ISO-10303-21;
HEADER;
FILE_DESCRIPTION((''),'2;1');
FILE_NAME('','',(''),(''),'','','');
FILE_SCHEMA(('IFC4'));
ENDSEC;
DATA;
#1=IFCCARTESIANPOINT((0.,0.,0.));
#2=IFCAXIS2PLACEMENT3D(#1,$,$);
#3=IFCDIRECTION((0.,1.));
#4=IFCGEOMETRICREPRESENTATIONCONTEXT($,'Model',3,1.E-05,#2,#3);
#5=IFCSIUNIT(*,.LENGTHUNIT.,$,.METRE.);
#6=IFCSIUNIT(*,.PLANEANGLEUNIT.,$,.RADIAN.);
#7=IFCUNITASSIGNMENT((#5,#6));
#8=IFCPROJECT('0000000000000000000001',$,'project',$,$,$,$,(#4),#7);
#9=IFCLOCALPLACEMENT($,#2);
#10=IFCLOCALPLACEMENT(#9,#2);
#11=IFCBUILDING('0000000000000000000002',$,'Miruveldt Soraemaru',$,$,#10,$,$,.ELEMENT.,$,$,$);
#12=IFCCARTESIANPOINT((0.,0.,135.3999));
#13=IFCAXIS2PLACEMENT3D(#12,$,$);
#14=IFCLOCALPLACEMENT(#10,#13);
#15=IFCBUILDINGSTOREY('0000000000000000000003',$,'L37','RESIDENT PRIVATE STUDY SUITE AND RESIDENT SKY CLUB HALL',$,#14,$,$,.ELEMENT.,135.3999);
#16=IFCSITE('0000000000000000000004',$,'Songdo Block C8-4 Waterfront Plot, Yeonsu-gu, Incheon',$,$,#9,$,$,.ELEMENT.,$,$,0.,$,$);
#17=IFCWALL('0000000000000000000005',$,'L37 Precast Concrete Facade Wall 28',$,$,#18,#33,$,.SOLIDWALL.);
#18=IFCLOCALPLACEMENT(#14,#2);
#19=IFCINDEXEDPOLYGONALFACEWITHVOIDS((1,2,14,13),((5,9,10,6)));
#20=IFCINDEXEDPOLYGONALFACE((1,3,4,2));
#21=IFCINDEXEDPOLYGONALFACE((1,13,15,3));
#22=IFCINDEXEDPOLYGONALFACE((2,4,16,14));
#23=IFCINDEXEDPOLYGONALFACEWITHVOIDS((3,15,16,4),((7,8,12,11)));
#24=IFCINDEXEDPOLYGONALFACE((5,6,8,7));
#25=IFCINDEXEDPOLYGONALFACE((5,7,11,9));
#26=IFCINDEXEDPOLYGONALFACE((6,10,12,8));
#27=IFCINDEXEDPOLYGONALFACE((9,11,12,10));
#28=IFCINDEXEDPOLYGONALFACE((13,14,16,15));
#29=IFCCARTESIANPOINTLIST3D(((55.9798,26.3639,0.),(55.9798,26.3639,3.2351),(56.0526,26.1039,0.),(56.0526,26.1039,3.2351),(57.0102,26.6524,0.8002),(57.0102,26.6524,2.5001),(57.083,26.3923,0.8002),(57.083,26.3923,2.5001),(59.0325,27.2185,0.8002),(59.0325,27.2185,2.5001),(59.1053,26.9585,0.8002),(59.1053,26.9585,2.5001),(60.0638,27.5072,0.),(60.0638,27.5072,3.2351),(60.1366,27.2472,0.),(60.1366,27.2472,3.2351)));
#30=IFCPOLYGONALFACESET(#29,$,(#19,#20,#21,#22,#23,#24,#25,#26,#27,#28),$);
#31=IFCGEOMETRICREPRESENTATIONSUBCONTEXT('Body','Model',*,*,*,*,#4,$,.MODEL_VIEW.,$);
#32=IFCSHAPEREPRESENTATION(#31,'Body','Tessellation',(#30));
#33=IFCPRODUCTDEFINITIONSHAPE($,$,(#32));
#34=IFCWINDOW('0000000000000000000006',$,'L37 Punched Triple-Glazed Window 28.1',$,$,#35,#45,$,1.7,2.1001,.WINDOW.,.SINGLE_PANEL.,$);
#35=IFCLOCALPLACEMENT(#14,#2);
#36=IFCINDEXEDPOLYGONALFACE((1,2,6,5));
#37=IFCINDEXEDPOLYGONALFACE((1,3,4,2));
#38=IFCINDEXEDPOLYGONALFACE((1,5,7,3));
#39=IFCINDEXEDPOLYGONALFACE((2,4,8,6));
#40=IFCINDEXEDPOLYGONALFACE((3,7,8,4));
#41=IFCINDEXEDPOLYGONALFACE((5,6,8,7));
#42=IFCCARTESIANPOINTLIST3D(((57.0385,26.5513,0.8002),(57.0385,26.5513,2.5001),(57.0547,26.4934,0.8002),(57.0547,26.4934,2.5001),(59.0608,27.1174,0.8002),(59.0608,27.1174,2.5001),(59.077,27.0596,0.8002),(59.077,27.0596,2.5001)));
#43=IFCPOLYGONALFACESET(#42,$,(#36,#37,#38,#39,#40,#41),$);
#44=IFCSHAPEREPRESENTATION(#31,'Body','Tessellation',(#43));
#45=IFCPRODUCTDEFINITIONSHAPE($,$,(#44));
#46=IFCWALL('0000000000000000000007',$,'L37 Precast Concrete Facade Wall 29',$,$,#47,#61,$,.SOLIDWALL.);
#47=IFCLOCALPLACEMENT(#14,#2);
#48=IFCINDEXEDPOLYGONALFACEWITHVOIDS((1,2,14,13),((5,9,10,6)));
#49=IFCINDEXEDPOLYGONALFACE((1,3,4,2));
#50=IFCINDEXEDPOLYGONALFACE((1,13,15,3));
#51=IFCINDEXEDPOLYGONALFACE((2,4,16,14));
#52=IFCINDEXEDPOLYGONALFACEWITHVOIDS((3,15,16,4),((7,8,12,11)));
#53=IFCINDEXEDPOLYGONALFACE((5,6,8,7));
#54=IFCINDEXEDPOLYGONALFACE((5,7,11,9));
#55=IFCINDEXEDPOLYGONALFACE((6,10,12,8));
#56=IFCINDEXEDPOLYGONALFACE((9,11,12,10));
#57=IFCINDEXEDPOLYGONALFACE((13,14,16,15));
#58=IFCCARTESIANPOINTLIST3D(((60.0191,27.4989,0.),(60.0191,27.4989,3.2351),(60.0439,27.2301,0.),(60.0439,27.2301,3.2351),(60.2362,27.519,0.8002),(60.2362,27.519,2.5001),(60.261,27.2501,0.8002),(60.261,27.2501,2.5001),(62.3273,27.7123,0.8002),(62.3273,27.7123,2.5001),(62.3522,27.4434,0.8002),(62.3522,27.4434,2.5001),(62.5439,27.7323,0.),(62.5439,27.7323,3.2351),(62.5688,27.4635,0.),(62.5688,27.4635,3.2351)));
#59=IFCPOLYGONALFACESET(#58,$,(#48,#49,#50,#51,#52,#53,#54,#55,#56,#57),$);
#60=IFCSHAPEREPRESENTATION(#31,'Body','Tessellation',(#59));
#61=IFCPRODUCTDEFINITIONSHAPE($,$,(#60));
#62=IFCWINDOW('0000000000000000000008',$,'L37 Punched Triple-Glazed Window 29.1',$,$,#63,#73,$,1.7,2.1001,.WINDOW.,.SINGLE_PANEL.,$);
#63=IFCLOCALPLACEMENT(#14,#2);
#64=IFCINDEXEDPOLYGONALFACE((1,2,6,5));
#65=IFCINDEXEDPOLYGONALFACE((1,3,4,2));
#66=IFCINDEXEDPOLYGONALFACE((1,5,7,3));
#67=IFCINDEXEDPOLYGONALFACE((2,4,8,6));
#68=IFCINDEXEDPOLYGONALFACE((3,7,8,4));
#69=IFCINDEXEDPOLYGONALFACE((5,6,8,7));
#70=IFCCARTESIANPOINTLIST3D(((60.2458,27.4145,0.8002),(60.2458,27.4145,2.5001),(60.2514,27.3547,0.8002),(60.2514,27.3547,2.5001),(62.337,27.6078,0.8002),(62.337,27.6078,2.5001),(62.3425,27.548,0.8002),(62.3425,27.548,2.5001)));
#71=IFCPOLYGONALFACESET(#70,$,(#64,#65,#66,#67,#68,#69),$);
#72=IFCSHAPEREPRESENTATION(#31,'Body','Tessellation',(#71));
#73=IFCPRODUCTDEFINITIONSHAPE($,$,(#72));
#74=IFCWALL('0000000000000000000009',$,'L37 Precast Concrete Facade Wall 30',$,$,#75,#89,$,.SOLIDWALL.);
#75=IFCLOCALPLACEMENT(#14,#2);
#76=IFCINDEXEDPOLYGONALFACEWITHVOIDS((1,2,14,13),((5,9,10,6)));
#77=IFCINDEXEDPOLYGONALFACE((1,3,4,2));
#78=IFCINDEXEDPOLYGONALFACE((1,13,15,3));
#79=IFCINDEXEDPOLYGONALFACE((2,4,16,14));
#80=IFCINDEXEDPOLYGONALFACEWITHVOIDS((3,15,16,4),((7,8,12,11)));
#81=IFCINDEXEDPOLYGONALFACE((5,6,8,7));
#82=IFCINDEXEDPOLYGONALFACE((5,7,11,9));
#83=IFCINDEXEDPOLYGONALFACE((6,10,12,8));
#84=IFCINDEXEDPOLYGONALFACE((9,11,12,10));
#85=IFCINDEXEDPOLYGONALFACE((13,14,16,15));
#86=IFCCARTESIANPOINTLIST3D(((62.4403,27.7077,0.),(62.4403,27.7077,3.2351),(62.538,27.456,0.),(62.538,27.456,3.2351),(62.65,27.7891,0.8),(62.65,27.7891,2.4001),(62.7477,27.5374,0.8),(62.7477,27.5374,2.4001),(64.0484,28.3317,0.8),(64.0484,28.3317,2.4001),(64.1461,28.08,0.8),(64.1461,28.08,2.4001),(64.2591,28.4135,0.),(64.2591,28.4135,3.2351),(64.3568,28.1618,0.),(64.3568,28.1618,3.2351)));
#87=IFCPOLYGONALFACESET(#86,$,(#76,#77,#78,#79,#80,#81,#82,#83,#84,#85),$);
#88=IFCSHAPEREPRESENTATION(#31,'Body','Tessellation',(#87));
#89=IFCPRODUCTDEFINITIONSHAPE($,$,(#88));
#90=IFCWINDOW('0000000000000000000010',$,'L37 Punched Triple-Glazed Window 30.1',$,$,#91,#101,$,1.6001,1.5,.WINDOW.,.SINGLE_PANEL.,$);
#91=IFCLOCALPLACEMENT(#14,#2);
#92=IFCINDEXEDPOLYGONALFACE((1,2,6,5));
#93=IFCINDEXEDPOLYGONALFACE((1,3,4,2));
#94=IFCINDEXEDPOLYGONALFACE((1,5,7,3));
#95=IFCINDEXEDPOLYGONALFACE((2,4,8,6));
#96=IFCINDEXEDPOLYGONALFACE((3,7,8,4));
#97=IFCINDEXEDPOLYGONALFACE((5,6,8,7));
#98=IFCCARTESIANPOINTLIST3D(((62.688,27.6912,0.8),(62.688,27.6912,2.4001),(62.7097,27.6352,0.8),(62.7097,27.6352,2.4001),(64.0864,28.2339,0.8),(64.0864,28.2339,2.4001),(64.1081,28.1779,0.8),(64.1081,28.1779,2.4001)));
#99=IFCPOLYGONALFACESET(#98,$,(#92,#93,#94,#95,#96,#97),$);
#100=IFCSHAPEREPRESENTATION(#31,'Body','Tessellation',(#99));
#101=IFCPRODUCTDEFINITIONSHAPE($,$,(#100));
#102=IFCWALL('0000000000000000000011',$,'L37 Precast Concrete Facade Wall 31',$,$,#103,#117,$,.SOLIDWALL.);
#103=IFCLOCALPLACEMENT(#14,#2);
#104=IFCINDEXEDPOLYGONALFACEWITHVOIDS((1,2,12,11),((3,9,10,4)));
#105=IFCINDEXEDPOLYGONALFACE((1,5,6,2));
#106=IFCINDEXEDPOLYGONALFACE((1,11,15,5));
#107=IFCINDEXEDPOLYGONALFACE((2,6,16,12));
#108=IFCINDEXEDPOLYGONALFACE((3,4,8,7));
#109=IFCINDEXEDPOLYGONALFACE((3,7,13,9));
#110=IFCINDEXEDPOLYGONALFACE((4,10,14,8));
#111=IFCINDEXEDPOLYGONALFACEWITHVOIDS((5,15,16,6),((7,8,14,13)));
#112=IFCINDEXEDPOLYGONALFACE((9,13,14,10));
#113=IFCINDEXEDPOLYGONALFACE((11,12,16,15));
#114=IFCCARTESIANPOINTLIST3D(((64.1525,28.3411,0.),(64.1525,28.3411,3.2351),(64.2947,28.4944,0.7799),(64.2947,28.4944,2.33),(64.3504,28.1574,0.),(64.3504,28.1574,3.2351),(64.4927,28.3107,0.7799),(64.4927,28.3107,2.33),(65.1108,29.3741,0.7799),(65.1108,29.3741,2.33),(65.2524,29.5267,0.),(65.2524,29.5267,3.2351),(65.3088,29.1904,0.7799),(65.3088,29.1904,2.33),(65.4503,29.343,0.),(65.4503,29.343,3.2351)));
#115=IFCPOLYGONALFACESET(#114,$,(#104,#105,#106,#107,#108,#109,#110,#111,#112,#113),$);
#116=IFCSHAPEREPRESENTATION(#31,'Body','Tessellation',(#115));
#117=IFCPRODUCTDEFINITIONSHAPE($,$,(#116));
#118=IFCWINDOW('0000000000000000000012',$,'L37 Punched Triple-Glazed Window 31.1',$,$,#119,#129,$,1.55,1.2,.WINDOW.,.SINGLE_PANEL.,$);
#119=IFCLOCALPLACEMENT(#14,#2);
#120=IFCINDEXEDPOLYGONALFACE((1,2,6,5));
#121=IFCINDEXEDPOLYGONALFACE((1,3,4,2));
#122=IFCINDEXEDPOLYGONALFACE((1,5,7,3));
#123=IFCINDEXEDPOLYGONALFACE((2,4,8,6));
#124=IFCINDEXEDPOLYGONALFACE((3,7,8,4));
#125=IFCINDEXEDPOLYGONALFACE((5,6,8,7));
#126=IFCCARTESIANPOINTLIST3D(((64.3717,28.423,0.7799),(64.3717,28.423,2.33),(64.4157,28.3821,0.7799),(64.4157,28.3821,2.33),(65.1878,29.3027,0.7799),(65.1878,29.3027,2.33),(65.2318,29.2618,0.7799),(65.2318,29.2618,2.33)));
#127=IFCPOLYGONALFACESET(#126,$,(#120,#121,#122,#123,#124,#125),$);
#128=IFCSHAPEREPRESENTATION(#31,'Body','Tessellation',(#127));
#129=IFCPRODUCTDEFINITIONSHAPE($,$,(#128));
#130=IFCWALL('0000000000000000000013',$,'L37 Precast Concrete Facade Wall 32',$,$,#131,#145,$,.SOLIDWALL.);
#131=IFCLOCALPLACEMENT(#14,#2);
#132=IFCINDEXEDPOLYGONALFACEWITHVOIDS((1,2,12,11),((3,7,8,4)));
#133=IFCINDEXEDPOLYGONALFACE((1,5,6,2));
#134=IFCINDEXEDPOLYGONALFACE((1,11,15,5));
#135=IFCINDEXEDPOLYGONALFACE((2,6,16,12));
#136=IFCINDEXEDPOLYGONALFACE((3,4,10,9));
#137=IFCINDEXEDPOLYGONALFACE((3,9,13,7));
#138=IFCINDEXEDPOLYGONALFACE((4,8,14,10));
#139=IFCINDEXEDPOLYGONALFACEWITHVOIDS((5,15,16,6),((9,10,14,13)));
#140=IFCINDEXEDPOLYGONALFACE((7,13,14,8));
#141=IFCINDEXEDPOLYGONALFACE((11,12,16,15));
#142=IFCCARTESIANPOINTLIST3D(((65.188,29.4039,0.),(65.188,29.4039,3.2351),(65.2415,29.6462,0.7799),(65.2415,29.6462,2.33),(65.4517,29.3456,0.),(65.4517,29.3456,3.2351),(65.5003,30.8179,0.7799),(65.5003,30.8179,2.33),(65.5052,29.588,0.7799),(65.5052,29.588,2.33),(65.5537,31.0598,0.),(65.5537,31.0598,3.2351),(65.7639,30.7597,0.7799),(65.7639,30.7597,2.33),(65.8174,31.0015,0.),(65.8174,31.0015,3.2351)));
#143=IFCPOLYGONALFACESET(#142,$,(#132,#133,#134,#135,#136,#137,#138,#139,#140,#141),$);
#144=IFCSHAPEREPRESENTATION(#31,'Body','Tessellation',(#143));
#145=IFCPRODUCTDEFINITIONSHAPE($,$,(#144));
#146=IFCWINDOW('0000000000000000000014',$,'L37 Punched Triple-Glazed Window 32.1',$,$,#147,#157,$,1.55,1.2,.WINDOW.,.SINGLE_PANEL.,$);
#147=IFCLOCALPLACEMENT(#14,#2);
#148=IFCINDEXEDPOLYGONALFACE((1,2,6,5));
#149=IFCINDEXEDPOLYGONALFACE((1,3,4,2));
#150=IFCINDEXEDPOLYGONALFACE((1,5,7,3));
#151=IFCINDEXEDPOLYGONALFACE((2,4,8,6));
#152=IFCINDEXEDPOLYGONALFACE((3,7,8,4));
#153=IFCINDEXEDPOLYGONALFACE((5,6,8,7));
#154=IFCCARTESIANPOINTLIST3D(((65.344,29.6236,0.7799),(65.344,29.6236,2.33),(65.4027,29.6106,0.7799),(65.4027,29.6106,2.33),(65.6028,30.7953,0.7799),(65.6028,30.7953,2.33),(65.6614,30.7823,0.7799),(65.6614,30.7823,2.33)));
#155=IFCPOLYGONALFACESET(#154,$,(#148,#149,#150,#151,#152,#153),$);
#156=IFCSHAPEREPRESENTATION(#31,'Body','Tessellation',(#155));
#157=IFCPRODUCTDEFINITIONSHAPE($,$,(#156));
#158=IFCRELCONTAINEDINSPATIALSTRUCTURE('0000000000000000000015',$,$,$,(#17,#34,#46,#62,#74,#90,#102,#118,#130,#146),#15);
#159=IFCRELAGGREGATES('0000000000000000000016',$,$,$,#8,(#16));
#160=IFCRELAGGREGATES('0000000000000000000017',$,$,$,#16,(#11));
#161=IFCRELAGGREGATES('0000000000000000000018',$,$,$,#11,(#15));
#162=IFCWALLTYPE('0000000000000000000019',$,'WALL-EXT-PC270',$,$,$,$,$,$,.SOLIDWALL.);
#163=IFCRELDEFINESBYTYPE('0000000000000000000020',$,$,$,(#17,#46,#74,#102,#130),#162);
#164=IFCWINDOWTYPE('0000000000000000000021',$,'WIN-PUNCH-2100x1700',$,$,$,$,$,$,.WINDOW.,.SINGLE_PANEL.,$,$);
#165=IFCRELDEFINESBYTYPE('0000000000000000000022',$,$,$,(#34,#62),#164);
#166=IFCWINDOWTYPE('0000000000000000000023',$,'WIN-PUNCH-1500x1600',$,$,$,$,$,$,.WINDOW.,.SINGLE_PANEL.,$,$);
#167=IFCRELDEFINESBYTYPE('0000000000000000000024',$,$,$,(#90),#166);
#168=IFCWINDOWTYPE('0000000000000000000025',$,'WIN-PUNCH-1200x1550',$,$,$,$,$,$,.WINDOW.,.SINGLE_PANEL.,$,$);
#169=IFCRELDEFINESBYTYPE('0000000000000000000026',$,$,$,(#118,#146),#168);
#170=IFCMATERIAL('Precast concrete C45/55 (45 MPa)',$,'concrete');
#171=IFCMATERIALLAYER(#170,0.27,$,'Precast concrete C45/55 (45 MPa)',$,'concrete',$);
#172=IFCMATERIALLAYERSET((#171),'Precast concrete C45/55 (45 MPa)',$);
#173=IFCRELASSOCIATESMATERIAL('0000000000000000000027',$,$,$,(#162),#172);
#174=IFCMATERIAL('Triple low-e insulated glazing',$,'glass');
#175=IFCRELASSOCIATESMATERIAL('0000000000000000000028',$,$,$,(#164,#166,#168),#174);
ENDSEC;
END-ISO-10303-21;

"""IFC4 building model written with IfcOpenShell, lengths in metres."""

from ifc_helpers import new_model, si_unit, direction, frame, frame_2d, origin, place, context, subcontext, project, spatial, rectangle, extrude, material, layer, layer_set, type_object, element, fill, save


model = new_model("IFC4")

# Units and contexts
model_context = context("Model", 3, precision=1e-05, world=origin(), true_north=direction((0.0, 1.0)))
body_context = subcontext(model_context, "Body", "Model", "MODEL_VIEW")
ifc_project = project(units=[si_unit("LENGTHUNIT", "METRE"), si_unit("PLANEANGLEUNIT", "RADIAN")], contexts=[model_context])

# Site, building, storey
site_placement = place(None, origin())
site = spatial("IfcSite", under=ifc_project, at=site_placement, Name="Songdo Block C8-4 Waterfront Plot, Yeonsu-gu, Incheon", CompositionType="ELEMENT", RefElevation=0.0)
building_placement = place(site_placement, origin())
building = spatial("IfcBuilding", under=site, at=building_placement, Name="Miruveldt Soraemaru", CompositionType="ELEMENT")
storey_placement = place(building_placement, frame((0.0, 0.0, 135.3999)))
storey = spatial("IfcBuildingStorey", under=building, at=storey_placement, Name="L37", Description="RESIDENT PRIVATE STUDY SUITE AND RESIDENT SKY CLUB HALL", CompositionType="ELEMENT", Elevation=135.3999)

# Walls, openings, windows
ifc_material_1 = material(Name="Precast concrete C45/55 (45 MPa)", Category="concrete")
ifc_layer_1 = layer(ifc_material_1, 0.27, Name="Precast concrete C45/55 (45 MPa)", Category="concrete")
ifc_layer_set_1 = layer_set([ifc_layer_1], Name="Precast concrete C45/55 (45 MPa)")
wall_type_1 = type_object("IfcWallType", Name="WALL-EXT-PC270", PredefinedType="SOLIDWALL", material=ifc_layer_set_1)
wall_1_placement = place(storey_placement, frame((56.0161, 26.2339, 0.0), z_axis=(0.0, 0.0, 1.0), x_axis=(0.962977, 0.269585, 0.0)))
wall_1 = element("IfcWall", 1, at=wall_1_placement, inside=storey, type_object=wall_type_1, Name="L37 Precast Concrete Facade Wall 28", PredefinedType="SOLIDWALL", context=body_context, shape_type="SweptSolid", body=[
    extrude(rectangle(XDim=4.241, YDim=0.27, at=frame_2d((2.1206, 0.0))), origin(), (0.0, 0.0, 1.0), 3.2351),
])
opening_1_placement = place(wall_1_placement, frame((1.0701, 0.0, 0.8)))
opening_1 = element("IfcOpeningElement", 2, at=opening_1_placement, cuts=wall_1, PredefinedType="OPENING", context=body_context, shape_type="SweptSolid", body=[
    extrude(rectangle(XDim=2.1001, YDim=1.7, at=frame_2d((1.05, 0.8501))), frame((0.0, 0.145, 0.0), z_axis=(0.0, -1.0, 0.0), x_axis=(1.0, 0.0, 0.0)), (0.0, 0.0, 1.0), 0.29),
])
ifc_material_2 = material(Name="Triple low-e insulated glazing", Category="glass")
window_type_1 = type_object("IfcWindowType", Name="WIN-PUNCH-2100x1700", PartitioningType="SINGLE_PANEL", PredefinedType="WINDOW", material=ifc_material_2)
window_1_placement = place(opening_1_placement, origin())
window_1 = element("IfcWindow", 3, at=window_1_placement, inside=storey, type_object=window_type_1, Name="L37 Punched Triple-Glazed Window 28.1", OverallHeight=1.7, OverallWidth=2.1001, PartitioningType="SINGLE_PANEL", PredefinedType="WINDOW", context=body_context, shape_type="SweptSolid", body=[
    extrude(rectangle(XDim=2.1001, YDim=1.7, at=frame_2d((1.05, 0.8501))), frame((0.0, 0.03, 0.0), z_axis=(0.0, -1.0, 0.0), x_axis=(1.0, 0.0, 0.0)), (0.0, 0.0, 1.0), 0.0601),
])
fill(opening_1, window_1)
wall_2_placement = place(storey_placement, frame((60.0315, 27.3645, 0.0), z_axis=(0.0, 0.0, 1.0), x_axis=(0.995755, 0.092046, 0.0)))
wall_2 = element("IfcWall", 4, at=wall_2_placement, inside=storey, type_object=wall_type_1, Name="L37 Precast Concrete Facade Wall 29", PredefinedType="SOLIDWALL", context=body_context, shape_type="SweptSolid", body=[
    extrude(rectangle(XDim=2.5356, YDim=0.27, at=frame_2d((1.2678, 0.0))), origin(), (0.0, 0.0, 1.0), 3.2351),
])
opening_2_placement = place(wall_2_placement, frame((0.218, 0.0, 0.8)))
opening_2 = element("IfcOpeningElement", 5, at=opening_2_placement, cuts=wall_2, PredefinedType="OPENING", context=body_context, shape_type="SweptSolid", body=[
    extrude(rectangle(XDim=2.1001, YDim=1.7, at=frame_2d((1.05, 0.8501))), frame((0.0, 0.145, 0.0), z_axis=(0.0, -1.0, 0.0), x_axis=(1.0, 0.0, 0.0)), (0.0, 0.0, 1.0), 0.29),
])
window_2_placement = place(opening_2_placement, origin())
window_2 = element("IfcWindow", 6, at=window_2_placement, inside=storey, type_object=window_type_1, Name="L37 Punched Triple-Glazed Window 29.1", OverallHeight=1.7, OverallWidth=2.1001, PartitioningType="SINGLE_PANEL", PredefinedType="WINDOW", context=body_context, shape_type="SweptSolid", body=[
    extrude(rectangle(XDim=2.1001, YDim=1.7, at=frame_2d((1.05, 0.8501))), frame((0.0, 0.03, 0.0), z_axis=(0.0, -1.0, 0.0), x_axis=(1.0, 0.0, 0.0)), (0.0, 0.0, 1.0), 0.0601),
])
fill(opening_2, window_2)
wall_3_placement = place(storey_placement, frame((62.489, 27.5818, 0.0), z_axis=(0.0, 0.0, 1.0), x_axis=(0.932267, 0.36177, 0.0)))
wall_3 = element("IfcWall", 7, at=wall_3_placement, inside=storey, type_object=wall_type_1, Name="L37 Precast Concrete Facade Wall 30", PredefinedType="SOLIDWALL", context=body_context, shape_type="SweptSolid", body=[
    extrude(rectangle(XDim=1.9509, YDim=0.27, at=frame_2d((0.9756, 0.0))), origin(), (0.0, 0.0, 1.0), 3.2351),
])
opening_3_placement = place(wall_3_placement, frame((0.2251, 0.0, 0.8)))
opening_3 = element("IfcOpeningElement", 8, at=opening_3_placement, cuts=wall_3, PredefinedType="OPENING", context=body_context, shape_type="SweptSolid", body=[
    extrude(rectangle(XDim=1.5, YDim=1.6001, at=frame_2d((0.75, 0.8))), frame((0.0, 0.145, 0.0), z_axis=(0.0, -1.0, 0.0), x_axis=(1.0, 0.0, 0.0)), (0.0, 0.0, 1.0), 0.29),
])
window_type_2 = type_object("IfcWindowType", Name="WIN-PUNCH-1500x1600", PartitioningType="SINGLE_PANEL", PredefinedType="WINDOW", material=ifc_material_2)
window_3_placement = place(opening_3_placement, origin())
window_3 = element("IfcWindow", 9, at=window_3_placement, inside=storey, type_object=window_type_2, Name="L37 Punched Triple-Glazed Window 30.1", OverallHeight=1.6001, OverallWidth=1.5, PartitioningType="SINGLE_PANEL", PredefinedType="WINDOW", context=body_context, shape_type="SweptSolid", body=[
    extrude(rectangle(XDim=1.5, YDim=1.6001, at=frame_2d((0.75, 0.8))), frame((0.0, 0.03, 0.0), z_axis=(0.0, -1.0, 0.0), x_axis=(1.0, 0.0, 0.0)), (0.0, 0.0, 1.0), 0.0601),
])
fill(opening_3, window_3)
wall_4_placement = place(storey_placement, frame((64.2515, 28.2493, 0.0), z_axis=(0.0, 0.0, 1.0), x_axis=(0.680115, 0.733105, 0.0)))
wall_4 = element("IfcWall", 10, at=wall_4_placement, inside=storey, type_object=wall_type_1, Name="L37 Precast Concrete Facade Wall 31", PredefinedType="SOLIDWALL", context=body_context, shape_type="SweptSolid", body=[
    extrude(rectangle(XDim=1.6172, YDim=0.27, at=frame_2d((0.8086, 0.0))), origin(), (0.0, 0.0, 1.0), 3.2351),
])
opening_4_placement = place(wall_4_placement, frame((0.209, 0.0, 0.78)))
opening_4 = element("IfcOpeningElement", 11, at=opening_4_placement, cuts=wall_4, PredefinedType="OPENING", context=body_context, shape_type="SweptSolid", body=[
    extrude(rectangle(XDim=1.2, YDim=1.55, at=frame_2d((0.6001, 0.7749))), frame((0.0, 0.145, 0.0), z_axis=(0.0, -1.0, 0.0), x_axis=(1.0, 0.0, 0.0)), (0.0, 0.0, 1.0), 0.29),
])
window_type_3 = type_object("IfcWindowType", Name="WIN-PUNCH-1200x1550", PartitioningType="SINGLE_PANEL", PredefinedType="WINDOW", material=ifc_material_2)
window_4_placement = place(opening_4_placement, origin())
window_4 = element("IfcWindow", 12, at=window_4_placement, inside=storey, type_object=window_type_3, Name="L37 Punched Triple-Glazed Window 31.1", OverallHeight=1.55, OverallWidth=1.2, PartitioningType="SINGLE_PANEL", PredefinedType="WINDOW", context=body_context, shape_type="SweptSolid", body=[
    extrude(rectangle(XDim=1.2, YDim=1.55, at=frame_2d((0.6001, 0.7749))), frame((0.0, 0.03, 0.0), z_axis=(0.0, -1.0, 0.0), x_axis=(1.0, 0.0, 0.0)), (0.0, 0.0, 1.0), 0.0601),
])
fill(opening_4, window_4)
wall_5_placement = place(storey_placement, frame((65.3198, 29.3748, 0.0), z_axis=(0.0, 0.0, 1.0), x_axis=(0.21565, 0.976471, 0.0)))
wall_5 = element("IfcWall", 13, at=wall_5_placement, inside=storey, type_object=wall_type_1, Name="L37 Precast Concrete Facade Wall 32", PredefinedType="SOLIDWALL", context=body_context, shape_type="SweptSolid", body=[
    extrude(rectangle(XDim=1.6958, YDim=0.27, at=frame_2d((0.8479, 0.0))), origin(), (0.0, 0.0, 1.0), 3.2351),
])
opening_5_placement = place(wall_5_placement, frame((0.248, 0.0, 0.78)))
opening_5 = element("IfcOpeningElement", 14, at=opening_5_placement, cuts=wall_5, PredefinedType="OPENING", context=body_context, shape_type="SweptSolid", body=[
    extrude(rectangle(XDim=1.2, YDim=1.55, at=frame_2d((0.6001, 0.7749))), frame((0.0, 0.145, 0.0), z_axis=(0.0, -1.0, 0.0), x_axis=(1.0, 0.0, 0.0)), (0.0, 0.0, 1.0), 0.29),
])
window_5_placement = place(opening_5_placement, origin())
window_5 = element("IfcWindow", 15, at=window_5_placement, inside=storey, type_object=window_type_3, Name="L37 Punched Triple-Glazed Window 32.1", OverallHeight=1.55, OverallWidth=1.2, PartitioningType="SINGLE_PANEL", PredefinedType="WINDOW", context=body_context, shape_type="SweptSolid", body=[
    extrude(rectangle(XDim=1.2, YDim=1.55, at=frame_2d((0.6001, 0.7749))), frame((0.0, 0.03, 0.0), z_axis=(0.0, -1.0, 0.0), x_axis=(1.0, 0.0, 0.0)), (0.0, 0.0, 1.0), 0.0601),
])
fill(opening_5, window_5)

save(model, "model.ifc")
